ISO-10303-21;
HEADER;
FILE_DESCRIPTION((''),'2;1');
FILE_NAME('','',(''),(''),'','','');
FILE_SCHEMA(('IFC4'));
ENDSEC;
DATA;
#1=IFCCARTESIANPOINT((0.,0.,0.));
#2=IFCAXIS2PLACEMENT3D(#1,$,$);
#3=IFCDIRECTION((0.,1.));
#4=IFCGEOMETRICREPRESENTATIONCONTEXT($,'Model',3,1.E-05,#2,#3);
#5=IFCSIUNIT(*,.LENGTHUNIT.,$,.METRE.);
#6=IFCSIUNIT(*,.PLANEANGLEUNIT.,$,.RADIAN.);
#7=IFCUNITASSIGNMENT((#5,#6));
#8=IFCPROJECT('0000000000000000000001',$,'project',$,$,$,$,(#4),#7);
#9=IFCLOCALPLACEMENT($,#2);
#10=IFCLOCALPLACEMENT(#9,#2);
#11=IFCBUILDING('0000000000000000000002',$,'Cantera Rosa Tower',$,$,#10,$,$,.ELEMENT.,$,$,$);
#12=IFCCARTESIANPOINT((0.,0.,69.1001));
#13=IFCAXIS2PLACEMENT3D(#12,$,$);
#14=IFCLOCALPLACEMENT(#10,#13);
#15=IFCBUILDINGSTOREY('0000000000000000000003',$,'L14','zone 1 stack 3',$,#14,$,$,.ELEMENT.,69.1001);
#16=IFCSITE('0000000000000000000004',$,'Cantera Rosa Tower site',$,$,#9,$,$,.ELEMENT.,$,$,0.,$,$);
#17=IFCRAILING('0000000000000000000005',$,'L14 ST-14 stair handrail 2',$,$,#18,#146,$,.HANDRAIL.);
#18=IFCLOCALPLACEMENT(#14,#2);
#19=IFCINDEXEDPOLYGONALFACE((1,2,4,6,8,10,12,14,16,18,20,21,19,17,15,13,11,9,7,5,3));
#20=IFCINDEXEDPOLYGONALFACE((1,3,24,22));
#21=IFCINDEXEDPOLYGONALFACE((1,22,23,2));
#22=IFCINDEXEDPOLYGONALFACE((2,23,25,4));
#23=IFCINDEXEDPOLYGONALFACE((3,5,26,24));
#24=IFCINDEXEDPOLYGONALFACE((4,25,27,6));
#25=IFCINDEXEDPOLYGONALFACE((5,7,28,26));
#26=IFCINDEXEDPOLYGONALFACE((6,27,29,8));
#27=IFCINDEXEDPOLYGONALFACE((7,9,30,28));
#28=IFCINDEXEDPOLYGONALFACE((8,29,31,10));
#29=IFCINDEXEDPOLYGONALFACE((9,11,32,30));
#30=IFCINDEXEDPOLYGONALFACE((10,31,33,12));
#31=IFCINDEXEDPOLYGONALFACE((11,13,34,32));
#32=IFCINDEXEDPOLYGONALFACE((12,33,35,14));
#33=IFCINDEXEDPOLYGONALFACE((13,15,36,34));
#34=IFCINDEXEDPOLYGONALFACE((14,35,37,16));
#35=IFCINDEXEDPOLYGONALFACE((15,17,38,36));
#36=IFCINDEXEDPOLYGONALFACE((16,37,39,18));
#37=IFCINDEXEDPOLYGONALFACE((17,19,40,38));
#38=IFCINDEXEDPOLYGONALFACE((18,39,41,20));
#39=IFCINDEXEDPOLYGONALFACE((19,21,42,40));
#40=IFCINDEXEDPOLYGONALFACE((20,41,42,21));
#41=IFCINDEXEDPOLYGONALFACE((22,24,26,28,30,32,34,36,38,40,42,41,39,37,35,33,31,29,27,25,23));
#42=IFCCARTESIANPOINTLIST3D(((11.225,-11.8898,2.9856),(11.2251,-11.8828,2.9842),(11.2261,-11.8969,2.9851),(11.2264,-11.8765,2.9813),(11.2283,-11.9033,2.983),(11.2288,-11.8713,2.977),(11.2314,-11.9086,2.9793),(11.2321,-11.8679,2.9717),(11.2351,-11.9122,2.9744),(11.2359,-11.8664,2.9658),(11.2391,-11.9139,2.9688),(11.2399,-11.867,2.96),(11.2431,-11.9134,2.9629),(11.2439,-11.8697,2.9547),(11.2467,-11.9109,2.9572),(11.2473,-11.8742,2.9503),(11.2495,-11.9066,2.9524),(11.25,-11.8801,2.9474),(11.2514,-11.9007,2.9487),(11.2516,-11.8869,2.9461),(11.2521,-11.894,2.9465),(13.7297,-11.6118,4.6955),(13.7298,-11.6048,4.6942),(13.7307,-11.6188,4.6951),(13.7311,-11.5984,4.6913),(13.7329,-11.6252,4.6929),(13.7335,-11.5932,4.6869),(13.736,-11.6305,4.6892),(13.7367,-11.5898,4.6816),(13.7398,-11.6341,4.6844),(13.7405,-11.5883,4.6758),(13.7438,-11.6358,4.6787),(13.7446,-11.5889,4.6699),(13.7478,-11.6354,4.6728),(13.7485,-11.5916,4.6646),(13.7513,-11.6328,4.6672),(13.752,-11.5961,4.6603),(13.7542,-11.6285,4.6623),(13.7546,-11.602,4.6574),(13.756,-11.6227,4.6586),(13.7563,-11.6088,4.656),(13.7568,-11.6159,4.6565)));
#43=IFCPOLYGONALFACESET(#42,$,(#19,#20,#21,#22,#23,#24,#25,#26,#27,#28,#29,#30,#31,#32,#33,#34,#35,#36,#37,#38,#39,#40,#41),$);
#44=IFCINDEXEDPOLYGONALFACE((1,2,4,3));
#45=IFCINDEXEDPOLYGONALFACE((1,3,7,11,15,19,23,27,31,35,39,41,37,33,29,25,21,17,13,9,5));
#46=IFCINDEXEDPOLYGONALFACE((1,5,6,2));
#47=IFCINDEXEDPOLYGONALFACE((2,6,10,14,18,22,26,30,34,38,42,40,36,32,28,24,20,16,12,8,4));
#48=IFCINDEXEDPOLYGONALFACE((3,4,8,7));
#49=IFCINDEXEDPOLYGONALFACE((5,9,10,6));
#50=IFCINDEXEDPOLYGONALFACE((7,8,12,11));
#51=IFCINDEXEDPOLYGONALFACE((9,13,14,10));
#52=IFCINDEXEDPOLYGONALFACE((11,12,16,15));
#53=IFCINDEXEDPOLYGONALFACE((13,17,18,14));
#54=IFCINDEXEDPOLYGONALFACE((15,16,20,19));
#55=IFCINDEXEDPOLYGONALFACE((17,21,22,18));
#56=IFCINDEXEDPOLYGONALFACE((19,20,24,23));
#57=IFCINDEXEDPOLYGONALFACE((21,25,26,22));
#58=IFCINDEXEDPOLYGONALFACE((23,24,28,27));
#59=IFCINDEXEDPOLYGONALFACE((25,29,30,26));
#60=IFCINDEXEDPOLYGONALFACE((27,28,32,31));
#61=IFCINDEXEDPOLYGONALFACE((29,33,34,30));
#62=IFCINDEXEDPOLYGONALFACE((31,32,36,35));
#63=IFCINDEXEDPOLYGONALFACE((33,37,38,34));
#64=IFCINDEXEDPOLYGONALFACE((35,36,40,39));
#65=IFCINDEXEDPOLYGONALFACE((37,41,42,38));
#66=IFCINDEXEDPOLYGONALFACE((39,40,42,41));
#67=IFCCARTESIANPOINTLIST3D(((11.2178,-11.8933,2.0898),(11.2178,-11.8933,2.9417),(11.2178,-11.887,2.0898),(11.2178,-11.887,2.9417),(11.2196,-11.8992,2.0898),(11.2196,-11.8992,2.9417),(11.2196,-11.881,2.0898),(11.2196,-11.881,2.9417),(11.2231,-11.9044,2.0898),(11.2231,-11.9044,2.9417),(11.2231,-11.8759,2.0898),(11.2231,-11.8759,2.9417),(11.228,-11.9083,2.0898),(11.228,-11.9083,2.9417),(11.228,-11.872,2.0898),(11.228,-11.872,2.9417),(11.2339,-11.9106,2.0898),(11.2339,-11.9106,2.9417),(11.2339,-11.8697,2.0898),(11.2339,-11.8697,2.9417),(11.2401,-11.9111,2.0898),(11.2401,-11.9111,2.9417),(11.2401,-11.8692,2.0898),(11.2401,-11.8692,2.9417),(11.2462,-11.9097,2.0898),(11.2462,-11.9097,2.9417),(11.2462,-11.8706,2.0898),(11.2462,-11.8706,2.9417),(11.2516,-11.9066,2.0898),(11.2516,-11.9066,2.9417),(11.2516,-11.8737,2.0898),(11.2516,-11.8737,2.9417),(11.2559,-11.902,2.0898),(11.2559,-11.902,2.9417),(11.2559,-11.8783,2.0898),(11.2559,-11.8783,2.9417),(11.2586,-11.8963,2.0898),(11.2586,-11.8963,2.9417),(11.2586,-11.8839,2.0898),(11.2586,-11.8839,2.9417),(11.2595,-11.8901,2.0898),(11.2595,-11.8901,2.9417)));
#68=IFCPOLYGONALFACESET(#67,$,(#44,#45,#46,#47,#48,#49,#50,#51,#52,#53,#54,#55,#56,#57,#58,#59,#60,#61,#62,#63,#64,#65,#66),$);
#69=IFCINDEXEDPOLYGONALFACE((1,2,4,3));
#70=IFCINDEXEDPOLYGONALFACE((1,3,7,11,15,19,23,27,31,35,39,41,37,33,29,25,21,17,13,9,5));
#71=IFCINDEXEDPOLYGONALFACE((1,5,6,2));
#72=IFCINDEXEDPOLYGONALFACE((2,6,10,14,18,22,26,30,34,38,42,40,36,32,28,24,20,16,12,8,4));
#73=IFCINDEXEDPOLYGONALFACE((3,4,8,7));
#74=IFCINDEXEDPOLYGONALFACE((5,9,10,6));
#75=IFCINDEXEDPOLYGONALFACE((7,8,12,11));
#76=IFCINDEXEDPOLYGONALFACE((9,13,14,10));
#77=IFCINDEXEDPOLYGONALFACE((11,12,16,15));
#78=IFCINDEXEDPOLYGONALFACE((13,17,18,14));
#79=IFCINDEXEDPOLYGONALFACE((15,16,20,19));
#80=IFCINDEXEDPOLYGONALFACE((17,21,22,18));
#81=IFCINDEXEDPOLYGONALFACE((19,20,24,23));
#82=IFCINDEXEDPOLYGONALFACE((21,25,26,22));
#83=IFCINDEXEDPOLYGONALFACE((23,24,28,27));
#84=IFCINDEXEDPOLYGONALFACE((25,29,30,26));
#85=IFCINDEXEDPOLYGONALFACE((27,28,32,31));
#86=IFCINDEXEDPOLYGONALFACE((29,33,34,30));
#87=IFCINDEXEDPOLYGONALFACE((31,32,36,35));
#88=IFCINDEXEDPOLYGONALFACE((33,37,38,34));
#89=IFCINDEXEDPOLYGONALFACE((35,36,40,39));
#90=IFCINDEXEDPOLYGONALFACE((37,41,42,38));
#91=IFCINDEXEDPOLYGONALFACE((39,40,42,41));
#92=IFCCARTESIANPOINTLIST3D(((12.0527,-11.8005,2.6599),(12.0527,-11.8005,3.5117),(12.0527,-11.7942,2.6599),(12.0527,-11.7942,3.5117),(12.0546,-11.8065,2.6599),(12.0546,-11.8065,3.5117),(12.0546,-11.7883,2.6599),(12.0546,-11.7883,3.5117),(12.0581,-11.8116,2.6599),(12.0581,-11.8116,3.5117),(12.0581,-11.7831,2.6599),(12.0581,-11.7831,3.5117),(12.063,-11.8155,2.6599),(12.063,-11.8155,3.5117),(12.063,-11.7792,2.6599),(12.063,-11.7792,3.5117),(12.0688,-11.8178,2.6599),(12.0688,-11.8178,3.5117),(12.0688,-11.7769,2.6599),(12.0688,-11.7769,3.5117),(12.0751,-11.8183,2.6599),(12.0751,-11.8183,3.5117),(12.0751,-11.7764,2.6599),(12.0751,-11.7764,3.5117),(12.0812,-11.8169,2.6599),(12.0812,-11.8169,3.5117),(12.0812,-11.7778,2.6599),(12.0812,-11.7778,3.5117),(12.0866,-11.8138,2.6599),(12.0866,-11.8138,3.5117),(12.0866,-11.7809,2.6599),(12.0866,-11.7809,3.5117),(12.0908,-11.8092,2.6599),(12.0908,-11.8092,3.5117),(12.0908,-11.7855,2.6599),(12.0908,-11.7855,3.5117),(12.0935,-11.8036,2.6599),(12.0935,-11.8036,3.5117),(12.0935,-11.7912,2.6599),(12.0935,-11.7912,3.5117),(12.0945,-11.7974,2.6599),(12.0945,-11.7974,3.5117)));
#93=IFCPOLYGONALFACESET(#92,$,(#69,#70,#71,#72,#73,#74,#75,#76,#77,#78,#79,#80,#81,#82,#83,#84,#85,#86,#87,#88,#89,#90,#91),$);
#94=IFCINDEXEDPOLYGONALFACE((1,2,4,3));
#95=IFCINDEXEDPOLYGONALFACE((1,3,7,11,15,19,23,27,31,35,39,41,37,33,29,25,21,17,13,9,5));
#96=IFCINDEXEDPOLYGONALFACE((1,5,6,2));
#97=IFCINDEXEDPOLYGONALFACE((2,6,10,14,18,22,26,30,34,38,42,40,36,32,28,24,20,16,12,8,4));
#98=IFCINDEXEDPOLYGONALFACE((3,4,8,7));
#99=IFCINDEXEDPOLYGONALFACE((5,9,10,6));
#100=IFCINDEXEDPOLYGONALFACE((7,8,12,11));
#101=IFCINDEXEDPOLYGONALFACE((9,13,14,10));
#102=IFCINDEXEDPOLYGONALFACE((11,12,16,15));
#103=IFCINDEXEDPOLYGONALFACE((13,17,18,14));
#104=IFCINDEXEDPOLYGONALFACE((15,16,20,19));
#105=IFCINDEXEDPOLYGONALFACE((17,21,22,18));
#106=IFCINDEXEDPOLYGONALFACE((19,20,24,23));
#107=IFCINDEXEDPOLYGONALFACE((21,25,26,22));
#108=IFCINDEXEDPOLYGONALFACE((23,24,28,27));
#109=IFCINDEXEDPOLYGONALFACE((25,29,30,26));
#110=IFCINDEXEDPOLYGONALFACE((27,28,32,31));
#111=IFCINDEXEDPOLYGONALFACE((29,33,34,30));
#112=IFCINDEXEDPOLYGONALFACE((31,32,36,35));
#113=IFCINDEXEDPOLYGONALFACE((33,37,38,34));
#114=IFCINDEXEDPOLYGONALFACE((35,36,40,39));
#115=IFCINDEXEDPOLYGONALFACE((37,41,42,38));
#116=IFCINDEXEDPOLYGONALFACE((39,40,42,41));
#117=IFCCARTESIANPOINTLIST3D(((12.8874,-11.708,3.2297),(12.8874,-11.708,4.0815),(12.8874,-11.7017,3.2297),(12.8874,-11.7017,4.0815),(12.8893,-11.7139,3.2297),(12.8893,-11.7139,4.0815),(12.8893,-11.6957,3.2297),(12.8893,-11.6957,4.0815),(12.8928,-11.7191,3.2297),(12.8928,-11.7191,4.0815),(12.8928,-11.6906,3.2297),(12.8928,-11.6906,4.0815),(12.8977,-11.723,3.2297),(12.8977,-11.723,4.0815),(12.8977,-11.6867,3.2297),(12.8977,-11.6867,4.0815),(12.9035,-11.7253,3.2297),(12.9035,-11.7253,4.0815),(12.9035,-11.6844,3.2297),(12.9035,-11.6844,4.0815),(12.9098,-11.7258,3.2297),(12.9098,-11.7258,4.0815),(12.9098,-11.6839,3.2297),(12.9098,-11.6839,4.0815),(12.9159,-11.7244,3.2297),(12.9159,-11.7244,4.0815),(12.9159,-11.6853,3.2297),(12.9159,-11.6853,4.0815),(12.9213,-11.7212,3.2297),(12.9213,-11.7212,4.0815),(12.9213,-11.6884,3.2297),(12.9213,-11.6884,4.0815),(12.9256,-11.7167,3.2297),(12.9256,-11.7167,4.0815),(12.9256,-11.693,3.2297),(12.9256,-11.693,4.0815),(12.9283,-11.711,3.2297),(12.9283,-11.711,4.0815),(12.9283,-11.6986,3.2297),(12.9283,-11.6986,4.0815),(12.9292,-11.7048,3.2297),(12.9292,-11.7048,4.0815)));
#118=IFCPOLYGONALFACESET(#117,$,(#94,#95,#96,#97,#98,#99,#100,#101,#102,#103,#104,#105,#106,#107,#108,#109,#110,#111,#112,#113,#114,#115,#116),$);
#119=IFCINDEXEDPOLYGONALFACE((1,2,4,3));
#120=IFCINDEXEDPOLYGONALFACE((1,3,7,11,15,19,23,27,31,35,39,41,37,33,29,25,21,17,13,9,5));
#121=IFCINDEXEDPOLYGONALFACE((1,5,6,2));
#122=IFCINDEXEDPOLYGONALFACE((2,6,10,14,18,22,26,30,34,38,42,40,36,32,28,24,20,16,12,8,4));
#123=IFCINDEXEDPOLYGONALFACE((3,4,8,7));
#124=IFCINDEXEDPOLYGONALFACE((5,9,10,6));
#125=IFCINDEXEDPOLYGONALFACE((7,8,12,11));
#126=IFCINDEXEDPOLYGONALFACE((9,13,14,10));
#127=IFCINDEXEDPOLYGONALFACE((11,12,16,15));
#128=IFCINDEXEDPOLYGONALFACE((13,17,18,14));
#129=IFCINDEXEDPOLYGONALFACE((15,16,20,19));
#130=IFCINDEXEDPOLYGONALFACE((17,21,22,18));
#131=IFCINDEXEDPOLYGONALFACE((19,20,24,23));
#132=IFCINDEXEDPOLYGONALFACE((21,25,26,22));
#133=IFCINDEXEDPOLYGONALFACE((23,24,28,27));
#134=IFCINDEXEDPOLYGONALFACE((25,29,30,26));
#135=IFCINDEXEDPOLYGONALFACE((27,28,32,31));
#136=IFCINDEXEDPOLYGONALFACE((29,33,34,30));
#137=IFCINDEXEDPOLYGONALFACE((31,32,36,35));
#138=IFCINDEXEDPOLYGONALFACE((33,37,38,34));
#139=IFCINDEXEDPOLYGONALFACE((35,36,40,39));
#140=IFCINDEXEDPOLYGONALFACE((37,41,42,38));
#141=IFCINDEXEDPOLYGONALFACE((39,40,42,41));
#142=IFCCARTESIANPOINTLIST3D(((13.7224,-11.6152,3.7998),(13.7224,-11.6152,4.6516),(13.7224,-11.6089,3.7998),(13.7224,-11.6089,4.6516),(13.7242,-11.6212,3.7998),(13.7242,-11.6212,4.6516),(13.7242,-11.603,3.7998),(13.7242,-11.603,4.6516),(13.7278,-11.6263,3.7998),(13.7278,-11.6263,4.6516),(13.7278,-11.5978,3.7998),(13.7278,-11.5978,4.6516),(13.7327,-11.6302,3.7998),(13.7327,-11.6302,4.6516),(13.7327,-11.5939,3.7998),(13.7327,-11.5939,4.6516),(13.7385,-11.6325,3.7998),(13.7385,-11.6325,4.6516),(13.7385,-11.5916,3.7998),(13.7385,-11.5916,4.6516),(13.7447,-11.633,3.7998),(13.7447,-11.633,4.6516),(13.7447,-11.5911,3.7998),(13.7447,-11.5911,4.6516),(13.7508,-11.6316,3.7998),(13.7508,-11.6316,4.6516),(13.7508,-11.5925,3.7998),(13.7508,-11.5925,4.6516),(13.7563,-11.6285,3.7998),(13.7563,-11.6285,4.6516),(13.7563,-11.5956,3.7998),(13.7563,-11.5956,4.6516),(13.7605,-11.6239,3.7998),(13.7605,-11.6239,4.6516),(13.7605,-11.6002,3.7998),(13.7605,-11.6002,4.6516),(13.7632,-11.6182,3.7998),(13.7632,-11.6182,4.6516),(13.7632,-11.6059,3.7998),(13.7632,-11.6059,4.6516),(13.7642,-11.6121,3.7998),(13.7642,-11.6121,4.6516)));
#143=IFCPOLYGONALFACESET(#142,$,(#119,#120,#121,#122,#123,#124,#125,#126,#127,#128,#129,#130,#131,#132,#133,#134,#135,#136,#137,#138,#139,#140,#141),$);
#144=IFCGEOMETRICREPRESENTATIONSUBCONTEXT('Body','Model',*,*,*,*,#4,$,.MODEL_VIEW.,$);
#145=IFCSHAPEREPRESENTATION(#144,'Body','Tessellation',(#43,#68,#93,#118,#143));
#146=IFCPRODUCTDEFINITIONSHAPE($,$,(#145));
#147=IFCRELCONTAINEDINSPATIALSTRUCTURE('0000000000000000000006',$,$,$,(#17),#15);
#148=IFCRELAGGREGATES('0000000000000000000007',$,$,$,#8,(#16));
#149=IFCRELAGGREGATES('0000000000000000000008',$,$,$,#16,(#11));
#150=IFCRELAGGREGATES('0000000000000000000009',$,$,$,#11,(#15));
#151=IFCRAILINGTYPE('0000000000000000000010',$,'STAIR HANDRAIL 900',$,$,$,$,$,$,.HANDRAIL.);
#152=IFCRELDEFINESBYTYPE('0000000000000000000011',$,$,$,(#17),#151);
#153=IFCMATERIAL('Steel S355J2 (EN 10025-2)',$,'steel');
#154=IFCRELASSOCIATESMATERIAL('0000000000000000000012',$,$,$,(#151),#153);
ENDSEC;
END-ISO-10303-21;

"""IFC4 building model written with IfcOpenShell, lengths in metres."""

from ifc_helpers import new_model, si_unit, direction, frame, origin, origin_2d, place, context, subcontext, project, spatial, circle, extrude, material, type_object, element, save


model = new_model("IFC4")

# Units and contexts
model_context = context("Model", 3, precision=1e-05, world=origin(), true_north=direction((0.0, 1.0)))
body_context = subcontext(model_context, "Body", "Model", "MODEL_VIEW")
ifc_project = project(units=[si_unit("LENGTHUNIT", "METRE"), si_unit("PLANEANGLEUNIT", "RADIAN")], contexts=[model_context])

# Site, building, storey
site_placement = place(None, origin())
site = spatial("IfcSite", under=ifc_project, at=site_placement, Name="Cantera Rosa Tower site", CompositionType="ELEMENT", RefElevation=0.0)
building_placement = place(site_placement, origin())
building = spatial("IfcBuilding", under=site, at=building_placement, Name="Cantera Rosa Tower", CompositionType="ELEMENT")
storey_placement = place(building_placement, frame((0.0, 0.0, 69.1001)))
storey = spatial("IfcBuildingStorey", under=building, at=storey_placement, Name="L14", Description="zone 1 stack 3", CompositionType="ELEMENT", Elevation=69.1001)

# Railing
ifc_material_1 = material(Name="Steel S355J2 (EN 10025-2)", Category="steel")
railing_type_1 = type_object("IfcRailingType", Name="STAIR HANDRAIL 900", PredefinedType="HANDRAIL", material=ifc_material_1)
railing_1_placement = place(storey_placement, frame((11.2385, -11.8901, 2.0898)))
element("IfcRailing", 1, at=railing_1_placement, inside=storey, type_object=railing_type_1, Name="L14 ST-14 stair handrail 2", PredefinedType="HANDRAIL", context=body_context, shape_type="SweptSolid", body=[
    extrude(circle(Radius=0.0239, at=origin_2d()), frame((0.0, 0.0, 0.876), z_axis=(0.822431, 0.09131, 0.561488), x_axis=(-0.110346, 0.993893, 0.0)), (0.0, 0.0, 1.0), 3.0454),
    extrude(circle(Radius=0.021, at=origin_2d()), origin(), (0.0, 0.0, 1.0), 0.8518),
    extrude(circle(Radius=0.021, at=origin_2d()), frame((0.835, 0.0928, 0.5701)), (0.0, 0.0, 1.0), 0.8518),
    extrude(circle(Radius=0.021, at=origin_2d()), frame((1.6697, 0.1853, 1.1399)), (0.0, 0.0, 1.0), 0.8518),
    extrude(circle(Radius=0.021, at=origin_2d()), frame((2.5046, 0.2781, 1.71)), (0.0, 0.0, 1.0), 0.8518),
])

save(model, "model.ifc")
